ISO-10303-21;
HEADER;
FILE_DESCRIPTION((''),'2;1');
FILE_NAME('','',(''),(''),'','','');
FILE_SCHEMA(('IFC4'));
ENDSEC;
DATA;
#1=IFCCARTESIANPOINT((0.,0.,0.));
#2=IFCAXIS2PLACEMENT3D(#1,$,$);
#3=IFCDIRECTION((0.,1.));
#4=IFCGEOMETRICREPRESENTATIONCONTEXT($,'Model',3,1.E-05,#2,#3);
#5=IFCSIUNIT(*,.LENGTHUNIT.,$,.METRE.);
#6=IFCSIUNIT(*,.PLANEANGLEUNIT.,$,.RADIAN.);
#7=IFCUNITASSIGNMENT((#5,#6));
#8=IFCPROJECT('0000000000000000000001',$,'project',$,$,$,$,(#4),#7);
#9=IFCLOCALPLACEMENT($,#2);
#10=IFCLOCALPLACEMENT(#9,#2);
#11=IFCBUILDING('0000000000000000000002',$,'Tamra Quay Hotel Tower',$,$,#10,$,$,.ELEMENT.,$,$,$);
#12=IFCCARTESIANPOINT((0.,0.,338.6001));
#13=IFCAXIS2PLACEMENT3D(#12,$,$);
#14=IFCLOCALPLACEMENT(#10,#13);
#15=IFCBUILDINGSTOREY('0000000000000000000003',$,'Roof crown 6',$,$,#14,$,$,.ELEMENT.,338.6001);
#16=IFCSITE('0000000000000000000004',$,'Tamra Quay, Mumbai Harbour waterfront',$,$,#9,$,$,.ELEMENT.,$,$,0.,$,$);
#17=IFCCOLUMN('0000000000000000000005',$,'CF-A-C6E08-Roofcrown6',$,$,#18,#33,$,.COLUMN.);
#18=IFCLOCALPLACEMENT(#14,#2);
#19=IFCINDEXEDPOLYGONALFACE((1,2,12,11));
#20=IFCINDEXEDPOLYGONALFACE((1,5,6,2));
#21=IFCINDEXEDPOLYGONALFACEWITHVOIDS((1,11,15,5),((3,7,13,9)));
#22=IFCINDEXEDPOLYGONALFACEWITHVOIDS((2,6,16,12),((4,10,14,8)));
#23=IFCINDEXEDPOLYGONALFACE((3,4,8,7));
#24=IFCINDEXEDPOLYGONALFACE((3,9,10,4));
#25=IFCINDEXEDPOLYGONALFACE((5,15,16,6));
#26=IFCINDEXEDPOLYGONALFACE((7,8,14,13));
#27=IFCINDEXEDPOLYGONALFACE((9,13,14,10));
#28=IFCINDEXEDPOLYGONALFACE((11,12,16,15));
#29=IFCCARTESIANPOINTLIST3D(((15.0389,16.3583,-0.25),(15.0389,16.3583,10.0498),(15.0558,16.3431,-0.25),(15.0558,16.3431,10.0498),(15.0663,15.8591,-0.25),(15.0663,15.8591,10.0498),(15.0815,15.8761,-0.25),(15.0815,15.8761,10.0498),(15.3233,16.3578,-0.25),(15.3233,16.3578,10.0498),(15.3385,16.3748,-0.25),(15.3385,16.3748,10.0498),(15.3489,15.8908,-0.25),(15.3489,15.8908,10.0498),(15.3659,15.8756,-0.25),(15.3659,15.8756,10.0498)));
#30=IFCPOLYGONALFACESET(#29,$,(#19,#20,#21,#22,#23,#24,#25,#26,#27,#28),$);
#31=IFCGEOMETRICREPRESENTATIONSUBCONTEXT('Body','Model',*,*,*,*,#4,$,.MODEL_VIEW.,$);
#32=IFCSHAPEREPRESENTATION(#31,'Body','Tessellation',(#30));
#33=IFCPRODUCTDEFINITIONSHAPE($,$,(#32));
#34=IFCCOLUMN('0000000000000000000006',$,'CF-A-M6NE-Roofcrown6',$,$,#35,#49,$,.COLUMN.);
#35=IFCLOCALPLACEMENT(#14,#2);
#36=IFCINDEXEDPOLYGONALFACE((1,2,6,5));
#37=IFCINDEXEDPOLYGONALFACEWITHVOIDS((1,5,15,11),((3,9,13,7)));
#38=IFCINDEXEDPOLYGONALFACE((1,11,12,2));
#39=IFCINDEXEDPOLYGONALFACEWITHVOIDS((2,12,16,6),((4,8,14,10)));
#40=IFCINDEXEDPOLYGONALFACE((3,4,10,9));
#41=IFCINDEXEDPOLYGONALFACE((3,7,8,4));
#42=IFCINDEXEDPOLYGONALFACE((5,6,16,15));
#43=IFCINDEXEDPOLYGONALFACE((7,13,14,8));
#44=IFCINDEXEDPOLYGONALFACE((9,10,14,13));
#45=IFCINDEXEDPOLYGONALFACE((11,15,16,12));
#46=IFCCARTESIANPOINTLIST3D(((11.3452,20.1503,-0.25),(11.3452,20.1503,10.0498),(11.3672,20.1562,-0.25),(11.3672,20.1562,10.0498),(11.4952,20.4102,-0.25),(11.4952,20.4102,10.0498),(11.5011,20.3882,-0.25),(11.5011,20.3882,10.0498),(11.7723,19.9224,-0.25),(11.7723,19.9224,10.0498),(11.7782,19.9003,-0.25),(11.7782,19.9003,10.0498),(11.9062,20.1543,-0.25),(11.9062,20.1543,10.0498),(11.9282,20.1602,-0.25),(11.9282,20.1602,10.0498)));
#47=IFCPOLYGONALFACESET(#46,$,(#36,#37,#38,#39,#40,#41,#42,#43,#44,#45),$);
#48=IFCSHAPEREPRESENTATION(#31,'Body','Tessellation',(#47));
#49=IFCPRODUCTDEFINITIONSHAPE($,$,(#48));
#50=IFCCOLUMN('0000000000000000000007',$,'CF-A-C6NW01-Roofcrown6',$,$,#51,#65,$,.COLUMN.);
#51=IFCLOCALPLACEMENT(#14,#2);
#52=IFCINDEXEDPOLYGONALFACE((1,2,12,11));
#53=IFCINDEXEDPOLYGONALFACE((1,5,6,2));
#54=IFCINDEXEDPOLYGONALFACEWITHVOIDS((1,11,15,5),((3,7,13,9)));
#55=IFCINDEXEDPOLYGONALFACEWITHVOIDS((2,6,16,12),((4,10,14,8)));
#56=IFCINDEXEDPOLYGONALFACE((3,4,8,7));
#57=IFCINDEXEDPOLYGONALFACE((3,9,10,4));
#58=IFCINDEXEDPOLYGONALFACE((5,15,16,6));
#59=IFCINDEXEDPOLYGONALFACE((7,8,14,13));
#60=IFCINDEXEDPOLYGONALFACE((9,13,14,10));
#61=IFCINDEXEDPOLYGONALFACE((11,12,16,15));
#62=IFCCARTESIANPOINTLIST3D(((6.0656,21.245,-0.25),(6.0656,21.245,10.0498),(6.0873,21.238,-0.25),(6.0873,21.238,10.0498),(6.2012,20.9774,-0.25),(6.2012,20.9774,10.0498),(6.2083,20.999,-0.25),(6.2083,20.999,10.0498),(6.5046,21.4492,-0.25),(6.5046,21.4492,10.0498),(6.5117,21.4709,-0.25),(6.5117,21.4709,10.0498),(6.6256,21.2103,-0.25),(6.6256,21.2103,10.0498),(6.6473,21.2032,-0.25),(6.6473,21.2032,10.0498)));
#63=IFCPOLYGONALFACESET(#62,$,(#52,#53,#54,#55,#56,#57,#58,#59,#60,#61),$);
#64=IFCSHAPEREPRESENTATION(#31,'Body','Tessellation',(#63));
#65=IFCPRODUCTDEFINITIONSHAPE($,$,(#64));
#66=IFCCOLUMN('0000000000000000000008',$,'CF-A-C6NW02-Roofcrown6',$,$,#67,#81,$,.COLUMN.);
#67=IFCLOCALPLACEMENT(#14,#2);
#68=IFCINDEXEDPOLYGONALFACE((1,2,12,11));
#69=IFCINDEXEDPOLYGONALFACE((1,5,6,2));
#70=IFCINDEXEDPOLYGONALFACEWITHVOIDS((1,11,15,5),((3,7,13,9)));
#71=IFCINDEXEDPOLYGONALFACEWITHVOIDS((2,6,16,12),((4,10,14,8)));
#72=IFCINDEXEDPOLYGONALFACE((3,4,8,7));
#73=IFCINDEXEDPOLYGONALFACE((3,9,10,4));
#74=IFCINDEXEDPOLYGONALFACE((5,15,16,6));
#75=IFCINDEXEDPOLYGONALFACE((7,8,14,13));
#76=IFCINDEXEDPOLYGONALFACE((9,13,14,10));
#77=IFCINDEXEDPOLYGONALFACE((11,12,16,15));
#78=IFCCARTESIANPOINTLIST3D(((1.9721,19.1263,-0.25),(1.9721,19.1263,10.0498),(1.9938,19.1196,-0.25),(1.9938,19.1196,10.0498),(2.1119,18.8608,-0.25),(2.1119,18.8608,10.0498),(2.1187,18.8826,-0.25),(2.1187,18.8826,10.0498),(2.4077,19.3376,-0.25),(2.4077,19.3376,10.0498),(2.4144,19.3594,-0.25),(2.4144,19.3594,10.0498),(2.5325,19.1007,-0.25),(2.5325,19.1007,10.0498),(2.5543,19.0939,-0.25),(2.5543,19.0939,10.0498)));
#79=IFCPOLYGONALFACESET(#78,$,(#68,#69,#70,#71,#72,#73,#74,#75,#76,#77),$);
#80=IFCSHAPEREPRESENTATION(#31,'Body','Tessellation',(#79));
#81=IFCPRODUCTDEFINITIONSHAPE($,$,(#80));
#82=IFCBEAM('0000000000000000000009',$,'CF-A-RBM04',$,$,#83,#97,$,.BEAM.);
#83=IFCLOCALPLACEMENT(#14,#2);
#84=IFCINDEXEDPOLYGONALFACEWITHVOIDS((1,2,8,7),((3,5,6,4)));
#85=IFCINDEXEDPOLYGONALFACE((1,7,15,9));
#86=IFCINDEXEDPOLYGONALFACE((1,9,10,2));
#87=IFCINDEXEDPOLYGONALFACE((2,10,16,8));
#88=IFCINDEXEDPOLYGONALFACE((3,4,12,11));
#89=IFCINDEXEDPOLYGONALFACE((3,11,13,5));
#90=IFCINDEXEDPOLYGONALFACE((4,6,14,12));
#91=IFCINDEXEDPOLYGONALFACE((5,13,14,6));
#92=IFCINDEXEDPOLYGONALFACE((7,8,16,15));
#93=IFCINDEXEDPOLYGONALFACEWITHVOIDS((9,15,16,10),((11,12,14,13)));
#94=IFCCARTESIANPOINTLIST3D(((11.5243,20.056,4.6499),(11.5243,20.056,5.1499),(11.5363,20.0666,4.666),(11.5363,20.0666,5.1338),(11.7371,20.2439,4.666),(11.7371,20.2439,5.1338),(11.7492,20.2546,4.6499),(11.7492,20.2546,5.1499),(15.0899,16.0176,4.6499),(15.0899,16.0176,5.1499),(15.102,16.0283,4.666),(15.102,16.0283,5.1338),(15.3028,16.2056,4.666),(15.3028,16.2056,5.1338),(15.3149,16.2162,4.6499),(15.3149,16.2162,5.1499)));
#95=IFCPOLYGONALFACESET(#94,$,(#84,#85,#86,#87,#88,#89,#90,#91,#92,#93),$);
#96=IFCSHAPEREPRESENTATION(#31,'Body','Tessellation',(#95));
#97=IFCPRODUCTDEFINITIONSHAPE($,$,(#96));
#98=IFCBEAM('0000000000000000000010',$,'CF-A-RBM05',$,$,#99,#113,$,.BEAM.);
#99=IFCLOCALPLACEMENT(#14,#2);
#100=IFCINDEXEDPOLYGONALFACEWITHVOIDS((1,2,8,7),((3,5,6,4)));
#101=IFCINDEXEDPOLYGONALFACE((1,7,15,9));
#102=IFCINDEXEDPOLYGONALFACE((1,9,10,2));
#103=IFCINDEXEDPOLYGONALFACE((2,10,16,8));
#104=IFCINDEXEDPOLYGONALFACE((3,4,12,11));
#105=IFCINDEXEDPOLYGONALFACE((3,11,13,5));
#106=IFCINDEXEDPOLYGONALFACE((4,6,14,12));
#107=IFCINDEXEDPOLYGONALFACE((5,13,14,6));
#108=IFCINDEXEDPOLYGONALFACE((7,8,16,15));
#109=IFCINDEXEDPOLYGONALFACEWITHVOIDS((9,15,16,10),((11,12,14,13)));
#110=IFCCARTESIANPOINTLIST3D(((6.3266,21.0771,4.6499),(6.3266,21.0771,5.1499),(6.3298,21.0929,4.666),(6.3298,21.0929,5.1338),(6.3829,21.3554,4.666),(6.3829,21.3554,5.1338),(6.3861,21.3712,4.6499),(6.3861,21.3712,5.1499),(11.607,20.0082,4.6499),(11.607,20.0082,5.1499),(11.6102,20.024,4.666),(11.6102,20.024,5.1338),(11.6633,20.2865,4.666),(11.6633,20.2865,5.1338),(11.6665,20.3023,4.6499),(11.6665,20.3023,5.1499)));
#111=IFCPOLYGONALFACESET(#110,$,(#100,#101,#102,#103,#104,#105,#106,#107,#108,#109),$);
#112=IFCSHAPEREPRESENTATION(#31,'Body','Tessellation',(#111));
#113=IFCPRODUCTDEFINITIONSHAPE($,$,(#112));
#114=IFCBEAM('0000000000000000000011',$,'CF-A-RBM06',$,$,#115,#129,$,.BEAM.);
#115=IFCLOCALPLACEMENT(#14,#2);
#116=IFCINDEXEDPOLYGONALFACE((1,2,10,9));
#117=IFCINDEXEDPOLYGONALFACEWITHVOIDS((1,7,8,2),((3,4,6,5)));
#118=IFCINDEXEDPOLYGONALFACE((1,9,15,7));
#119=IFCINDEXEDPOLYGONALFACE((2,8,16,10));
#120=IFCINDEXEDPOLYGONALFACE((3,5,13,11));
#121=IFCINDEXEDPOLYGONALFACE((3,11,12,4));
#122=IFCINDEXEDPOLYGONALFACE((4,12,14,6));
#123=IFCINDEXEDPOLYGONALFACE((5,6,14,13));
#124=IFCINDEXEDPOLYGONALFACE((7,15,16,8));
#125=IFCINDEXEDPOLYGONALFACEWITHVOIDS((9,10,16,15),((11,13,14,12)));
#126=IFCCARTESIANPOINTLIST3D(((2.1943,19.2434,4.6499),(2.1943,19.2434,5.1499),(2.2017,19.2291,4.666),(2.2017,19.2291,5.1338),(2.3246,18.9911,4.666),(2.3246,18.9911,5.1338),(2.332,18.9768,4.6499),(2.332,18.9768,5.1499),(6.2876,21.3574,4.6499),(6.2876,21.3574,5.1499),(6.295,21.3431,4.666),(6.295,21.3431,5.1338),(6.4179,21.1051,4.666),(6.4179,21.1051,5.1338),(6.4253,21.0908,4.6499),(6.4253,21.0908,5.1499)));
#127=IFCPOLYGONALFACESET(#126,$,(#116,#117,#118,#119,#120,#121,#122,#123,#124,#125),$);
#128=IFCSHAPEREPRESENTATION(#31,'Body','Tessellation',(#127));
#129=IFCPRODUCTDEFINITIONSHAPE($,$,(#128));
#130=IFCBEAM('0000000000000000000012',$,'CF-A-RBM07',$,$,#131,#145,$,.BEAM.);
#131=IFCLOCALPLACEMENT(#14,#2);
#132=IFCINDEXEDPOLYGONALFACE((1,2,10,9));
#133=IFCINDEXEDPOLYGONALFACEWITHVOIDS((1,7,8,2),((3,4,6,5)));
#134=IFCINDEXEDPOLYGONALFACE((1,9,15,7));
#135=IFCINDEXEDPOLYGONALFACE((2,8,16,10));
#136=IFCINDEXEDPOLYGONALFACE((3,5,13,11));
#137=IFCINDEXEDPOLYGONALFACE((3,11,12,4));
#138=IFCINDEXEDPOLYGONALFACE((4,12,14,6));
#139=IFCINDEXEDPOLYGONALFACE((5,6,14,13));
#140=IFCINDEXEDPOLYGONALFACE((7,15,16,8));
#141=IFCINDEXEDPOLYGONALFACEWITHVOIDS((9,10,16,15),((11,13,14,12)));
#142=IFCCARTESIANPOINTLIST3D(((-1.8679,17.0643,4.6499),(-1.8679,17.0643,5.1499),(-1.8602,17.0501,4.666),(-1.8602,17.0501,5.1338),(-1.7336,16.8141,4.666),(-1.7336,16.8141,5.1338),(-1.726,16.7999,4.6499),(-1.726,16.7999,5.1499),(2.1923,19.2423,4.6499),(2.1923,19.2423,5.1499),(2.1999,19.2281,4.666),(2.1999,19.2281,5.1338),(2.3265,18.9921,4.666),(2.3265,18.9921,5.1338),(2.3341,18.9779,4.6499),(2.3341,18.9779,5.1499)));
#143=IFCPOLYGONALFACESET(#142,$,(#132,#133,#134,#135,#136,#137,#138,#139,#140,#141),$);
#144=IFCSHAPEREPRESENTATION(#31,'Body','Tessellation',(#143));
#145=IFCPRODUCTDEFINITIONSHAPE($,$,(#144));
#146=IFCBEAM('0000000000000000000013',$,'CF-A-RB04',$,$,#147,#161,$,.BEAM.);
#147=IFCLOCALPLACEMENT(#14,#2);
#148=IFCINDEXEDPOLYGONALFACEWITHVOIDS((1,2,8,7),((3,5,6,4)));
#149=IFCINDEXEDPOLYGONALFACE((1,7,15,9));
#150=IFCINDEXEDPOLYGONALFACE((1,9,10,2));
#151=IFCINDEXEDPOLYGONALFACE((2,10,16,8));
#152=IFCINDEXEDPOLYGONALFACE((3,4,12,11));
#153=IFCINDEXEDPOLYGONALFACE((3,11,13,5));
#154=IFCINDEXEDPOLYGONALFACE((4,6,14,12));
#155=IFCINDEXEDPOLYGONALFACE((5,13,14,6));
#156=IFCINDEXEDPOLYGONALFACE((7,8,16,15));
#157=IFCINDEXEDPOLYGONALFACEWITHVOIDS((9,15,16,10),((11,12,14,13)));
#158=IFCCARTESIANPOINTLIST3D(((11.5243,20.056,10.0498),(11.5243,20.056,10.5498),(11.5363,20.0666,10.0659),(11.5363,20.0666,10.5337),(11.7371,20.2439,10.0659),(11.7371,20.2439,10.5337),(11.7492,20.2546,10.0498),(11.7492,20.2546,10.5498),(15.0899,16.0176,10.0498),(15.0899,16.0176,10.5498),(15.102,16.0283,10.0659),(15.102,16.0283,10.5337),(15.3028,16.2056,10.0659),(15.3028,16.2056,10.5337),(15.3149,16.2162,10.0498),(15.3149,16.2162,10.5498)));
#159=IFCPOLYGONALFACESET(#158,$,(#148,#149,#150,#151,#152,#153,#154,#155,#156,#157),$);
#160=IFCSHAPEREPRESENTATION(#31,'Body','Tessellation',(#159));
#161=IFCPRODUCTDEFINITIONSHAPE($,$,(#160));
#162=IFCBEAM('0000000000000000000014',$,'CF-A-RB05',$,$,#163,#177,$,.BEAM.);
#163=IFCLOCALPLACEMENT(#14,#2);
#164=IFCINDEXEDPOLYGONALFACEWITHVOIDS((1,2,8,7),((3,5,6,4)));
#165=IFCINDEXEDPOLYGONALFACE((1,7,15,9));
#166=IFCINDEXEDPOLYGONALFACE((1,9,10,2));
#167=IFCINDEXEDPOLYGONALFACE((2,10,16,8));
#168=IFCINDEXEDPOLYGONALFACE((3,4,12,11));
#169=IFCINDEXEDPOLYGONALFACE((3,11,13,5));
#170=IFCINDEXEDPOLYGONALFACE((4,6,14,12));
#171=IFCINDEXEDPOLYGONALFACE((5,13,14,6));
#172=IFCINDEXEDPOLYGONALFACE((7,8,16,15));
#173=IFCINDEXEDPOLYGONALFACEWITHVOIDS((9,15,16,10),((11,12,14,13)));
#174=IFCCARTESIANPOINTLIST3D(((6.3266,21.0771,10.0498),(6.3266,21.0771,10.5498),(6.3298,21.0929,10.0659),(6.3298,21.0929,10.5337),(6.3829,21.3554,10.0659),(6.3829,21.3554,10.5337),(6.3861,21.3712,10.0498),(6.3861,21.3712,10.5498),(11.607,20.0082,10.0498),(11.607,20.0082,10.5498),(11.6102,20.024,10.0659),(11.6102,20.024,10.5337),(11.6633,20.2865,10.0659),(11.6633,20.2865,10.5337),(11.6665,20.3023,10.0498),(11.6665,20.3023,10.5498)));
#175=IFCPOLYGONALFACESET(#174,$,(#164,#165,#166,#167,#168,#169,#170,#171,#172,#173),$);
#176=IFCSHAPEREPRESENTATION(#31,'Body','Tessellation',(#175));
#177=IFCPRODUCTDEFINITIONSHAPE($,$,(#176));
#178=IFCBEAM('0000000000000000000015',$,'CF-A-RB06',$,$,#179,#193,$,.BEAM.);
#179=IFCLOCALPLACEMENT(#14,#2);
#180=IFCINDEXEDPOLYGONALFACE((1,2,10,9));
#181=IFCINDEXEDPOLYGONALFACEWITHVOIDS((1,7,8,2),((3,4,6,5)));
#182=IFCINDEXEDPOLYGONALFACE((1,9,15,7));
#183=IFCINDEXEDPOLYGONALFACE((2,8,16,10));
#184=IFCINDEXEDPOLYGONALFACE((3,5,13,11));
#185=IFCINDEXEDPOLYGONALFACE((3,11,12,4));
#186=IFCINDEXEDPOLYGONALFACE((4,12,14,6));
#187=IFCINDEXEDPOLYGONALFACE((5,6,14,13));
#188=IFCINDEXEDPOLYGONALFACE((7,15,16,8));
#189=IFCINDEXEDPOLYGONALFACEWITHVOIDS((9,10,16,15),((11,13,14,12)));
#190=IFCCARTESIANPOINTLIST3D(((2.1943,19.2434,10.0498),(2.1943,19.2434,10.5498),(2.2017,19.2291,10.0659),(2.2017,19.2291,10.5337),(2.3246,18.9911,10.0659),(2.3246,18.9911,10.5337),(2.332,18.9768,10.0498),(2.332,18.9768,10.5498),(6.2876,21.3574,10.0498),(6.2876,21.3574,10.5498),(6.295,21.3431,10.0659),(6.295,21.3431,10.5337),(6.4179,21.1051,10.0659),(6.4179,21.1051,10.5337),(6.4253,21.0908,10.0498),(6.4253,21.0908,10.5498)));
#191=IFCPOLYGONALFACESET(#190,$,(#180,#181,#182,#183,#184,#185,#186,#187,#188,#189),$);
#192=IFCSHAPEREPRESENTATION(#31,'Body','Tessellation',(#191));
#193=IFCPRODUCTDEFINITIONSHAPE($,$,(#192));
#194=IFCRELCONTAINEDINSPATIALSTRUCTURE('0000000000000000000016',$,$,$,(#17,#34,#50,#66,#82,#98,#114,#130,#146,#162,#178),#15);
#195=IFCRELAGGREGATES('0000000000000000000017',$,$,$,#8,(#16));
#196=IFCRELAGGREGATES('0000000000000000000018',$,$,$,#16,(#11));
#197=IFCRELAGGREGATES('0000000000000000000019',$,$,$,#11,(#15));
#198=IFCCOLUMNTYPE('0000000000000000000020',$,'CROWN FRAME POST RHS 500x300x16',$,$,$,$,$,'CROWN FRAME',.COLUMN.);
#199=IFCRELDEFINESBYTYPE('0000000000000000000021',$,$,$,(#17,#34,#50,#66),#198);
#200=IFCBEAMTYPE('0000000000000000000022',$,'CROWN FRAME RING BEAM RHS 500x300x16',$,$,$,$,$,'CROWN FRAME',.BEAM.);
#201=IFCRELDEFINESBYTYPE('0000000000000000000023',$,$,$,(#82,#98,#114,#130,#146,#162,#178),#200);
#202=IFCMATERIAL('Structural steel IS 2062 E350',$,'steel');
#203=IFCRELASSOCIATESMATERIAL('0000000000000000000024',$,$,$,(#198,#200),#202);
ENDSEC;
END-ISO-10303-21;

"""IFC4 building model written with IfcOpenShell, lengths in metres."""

from ifc_helpers import new_model, si_unit, direction, frame, origin, origin_2d, place, context, subcontext, project, spatial, hollow_rectangle, extrude, material, material_profile, profile_set, type_object, element, save


model = new_model("IFC4")

# Units and contexts
model_context = context("Model", 3, precision=1e-05, world=origin(), true_north=direction((0.0, 1.0)))
body_context = subcontext(model_context, "Body", "Model", "MODEL_VIEW")
ifc_project = project(units=[si_unit("LENGTHUNIT", "METRE"), si_unit("PLANEANGLEUNIT", "RADIAN")], contexts=[model_context])

# Site, building, storey
site_placement = place(None, origin())
site = spatial("IfcSite", under=ifc_project, at=site_placement, Name="Tamra Quay, Mumbai Harbour waterfront", CompositionType="ELEMENT", RefElevation=0.0)
building_placement = place(site_placement, origin())
building = spatial("IfcBuilding", under=site, at=building_placement, Name="Tamra Quay Hotel Tower", CompositionType="ELEMENT")
storey_placement = place(building_placement, frame((0.0, 0.0, 338.6001)))
storey = spatial("IfcBuildingStorey", under=building, at=storey_placement, Name="Roof crown 6", CompositionType="ELEMENT", Elevation=338.6001)

# Columns
ifc_material_1 = material(Name="Structural steel IS 2062 E350", Category="steel")
ifc_material_profile_1 = material_profile(ifc_material_1, hollow_rectangle(XDim=0.3, YDim=0.5, WallThickness=0.0161, at=origin_2d()), Name="RHS 500x300x16")
ifc_profile_set_1 = profile_set([ifc_material_profile_1], Name="Structural steel IS 2062 E350")
column_type = type_object("IfcColumnType", Name="CROWN FRAME POST RHS 500x300x16", ElementType="CROWN FRAME", PredefinedType="COLUMN", material=ifc_profile_set_1)
for number, where, z_axis, x_axis, name in (
    (1, (15.2024, 16.1169, -0.25), (0.0, 0.0, 1.0), (0.998491, 0.054917, 0.0), "CF-A-C6E08-Roofcrown6"),
    (2, (11.6367, 20.1553, -0.25), (0.0, 0.0, 1.0), (0.5, 0.866025, 0.0), "CF-A-M6NE-Roofcrown6"),
    (3, (6.3564, 21.2241, -0.25), (0.0, 0.0, 1.0), (-0.451686, 0.892177, 0.0), "CF-A-C6NW01-Roofcrown6"),
    (4, (2.2632, 19.1101, -0.25), (0.0, 0.0, 1.0), (-0.466118, 0.884723, 0.0), "CF-A-C6NW02-Roofcrown6"),
):
    element("IfcColumn", number, at=place(storey_placement, frame(where, z_axis=z_axis, x_axis=x_axis)), inside=storey, type_object=column_type, Name=name, PredefinedType="COLUMN", context=body_context, shape_type="SweptSolid", body=[
        extrude(hollow_rectangle(XDim=0.3, YDim=0.5, WallThickness=0.0161, at=origin_2d()), origin(), (0.0, 0.0, 1.0), 10.2998),
    ])

# Beams
ifc_material_profile_2 = material_profile(ifc_material_1, hollow_rectangle(XDim=0.3, YDim=0.5, WallThickness=0.0161, at=origin_2d()), Name="RHS 500x300x16")
ifc_profile_set_2 = profile_set([ifc_material_profile_2], Name="Structural steel IS 2062 E350")
beam_type = type_object("IfcBeamType", Name="CROWN FRAME RING BEAM RHS 500x300x16", ElementType="CROWN FRAME", PredefinedType="BEAM", material=ifc_profile_set_2)
beam_1_placement = place(storey_placement, frame((15.2024, 16.1169, 4.8999), z_axis=(-0.661876, 0.749613, 0.0), x_axis=(-0.749613, -0.661876, 0.0)))
element("IfcBeam", 5, at=beam_1_placement, inside=storey, type_object=beam_type, Name="CF-A-RBM04", PredefinedType="BEAM", context=body_context, shape_type="SweptSolid", body=[
    extrude(hollow_rectangle(XDim=0.3, YDim=0.5, WallThickness=0.0161, at=origin_2d()), origin(), (0.0, 0.0, 1.0), 5.3872),
])
beam_2_placement = place(storey_placement, frame((11.6367, 20.1553, 4.8999), z_axis=(-0.980121, 0.198399, 0.0), x_axis=(-0.198399, -0.980121, 0.0)))
element("IfcBeam", 6, at=beam_2_placement, inside=storey, type_object=beam_type, Name="CF-A-RBM05", PredefinedType="BEAM", context=body_context, shape_type="SweptSolid", body=[
    extrude(hollow_rectangle(XDim=0.3, YDim=0.5, WallThickness=0.0161, at=origin_2d()), origin(), (0.0, 0.0, 1.0), 5.3875),
])
beam_3_placement = place(storey_placement, frame((6.3564, 21.2241, 4.8999), z_axis=(-0.8885, -0.458876, 0.0), x_axis=(0.458876, -0.8885, 0.0)))
element("IfcBeam", 7, at=beam_3_placement, inside=storey, type_object=beam_type, Name="CF-A-RBM06", PredefinedType="BEAM", context=body_context, shape_type="SweptSolid", body=[
    extrude(hollow_rectangle(XDim=0.3, YDim=0.5, WallThickness=0.0161, at=origin_2d()), origin(), (0.0, 0.0, 1.0), 4.6069),
])
beam_4_placement = place(storey_placement, frame((2.2632, 19.1101, 4.8999), z_axis=(-0.881214, -0.472718, 0.0), x_axis=(0.472718, -0.881214, 0.0)))
element("IfcBeam", 8, at=beam_4_placement, inside=storey, type_object=beam_type, Name="CF-A-RBM07", PredefinedType="BEAM", context=body_context, shape_type="SweptSolid", body=[
    extrude(hollow_rectangle(XDim=0.3, YDim=0.5, WallThickness=0.0161, at=origin_2d()), origin(), (0.0, 0.0, 1.0), 4.6074),
])
beam_5_placement = place(storey_placement, frame((15.2024, 16.1169, 10.2998), z_axis=(-0.661876, 0.749613, 0.0), x_axis=(-0.749613, -0.661876, 0.0)))
element("IfcBeam", 9, at=beam_5_placement, inside=storey, type_object=beam_type, Name="CF-A-RB04", PredefinedType="BEAM", context=body_context, shape_type="SweptSolid", body=[
    extrude(hollow_rectangle(XDim=0.3, YDim=0.5, WallThickness=0.0161, at=origin_2d()), origin(), (0.0, 0.0, 1.0), 5.3872),
])
beam_6_placement = place(storey_placement, frame((11.6367, 20.1553, 10.2998), z_axis=(-0.980121, 0.198399, 0.0), x_axis=(-0.198399, -0.980121, 0.0)))
element("IfcBeam", 10, at=beam_6_placement, inside=storey, type_object=beam_type, Name="CF-A-RB05", PredefinedType="BEAM", context=body_context, shape_type="SweptSolid", body=[
    extrude(hollow_rectangle(XDim=0.3, YDim=0.5, WallThickness=0.0161, at=origin_2d()), origin(), (0.0, 0.0, 1.0), 5.3875),
])
beam_7_placement = place(storey_placement, frame((6.3564, 21.2241, 10.2998), z_axis=(-0.8885, -0.458876, 0.0), x_axis=(0.458876, -0.8885, 0.0)))
element("IfcBeam", 11, at=beam_7_placement, inside=storey, type_object=beam_type, Name="CF-A-RB06", PredefinedType="BEAM", context=body_context, shape_type="SweptSolid", body=[
    extrude(hollow_rectangle(XDim=0.3, YDim=0.5, WallThickness=0.0161, at=origin_2d()), origin(), (0.0, 0.0, 1.0), 4.6069),
])

save(model, "model.ifc")
